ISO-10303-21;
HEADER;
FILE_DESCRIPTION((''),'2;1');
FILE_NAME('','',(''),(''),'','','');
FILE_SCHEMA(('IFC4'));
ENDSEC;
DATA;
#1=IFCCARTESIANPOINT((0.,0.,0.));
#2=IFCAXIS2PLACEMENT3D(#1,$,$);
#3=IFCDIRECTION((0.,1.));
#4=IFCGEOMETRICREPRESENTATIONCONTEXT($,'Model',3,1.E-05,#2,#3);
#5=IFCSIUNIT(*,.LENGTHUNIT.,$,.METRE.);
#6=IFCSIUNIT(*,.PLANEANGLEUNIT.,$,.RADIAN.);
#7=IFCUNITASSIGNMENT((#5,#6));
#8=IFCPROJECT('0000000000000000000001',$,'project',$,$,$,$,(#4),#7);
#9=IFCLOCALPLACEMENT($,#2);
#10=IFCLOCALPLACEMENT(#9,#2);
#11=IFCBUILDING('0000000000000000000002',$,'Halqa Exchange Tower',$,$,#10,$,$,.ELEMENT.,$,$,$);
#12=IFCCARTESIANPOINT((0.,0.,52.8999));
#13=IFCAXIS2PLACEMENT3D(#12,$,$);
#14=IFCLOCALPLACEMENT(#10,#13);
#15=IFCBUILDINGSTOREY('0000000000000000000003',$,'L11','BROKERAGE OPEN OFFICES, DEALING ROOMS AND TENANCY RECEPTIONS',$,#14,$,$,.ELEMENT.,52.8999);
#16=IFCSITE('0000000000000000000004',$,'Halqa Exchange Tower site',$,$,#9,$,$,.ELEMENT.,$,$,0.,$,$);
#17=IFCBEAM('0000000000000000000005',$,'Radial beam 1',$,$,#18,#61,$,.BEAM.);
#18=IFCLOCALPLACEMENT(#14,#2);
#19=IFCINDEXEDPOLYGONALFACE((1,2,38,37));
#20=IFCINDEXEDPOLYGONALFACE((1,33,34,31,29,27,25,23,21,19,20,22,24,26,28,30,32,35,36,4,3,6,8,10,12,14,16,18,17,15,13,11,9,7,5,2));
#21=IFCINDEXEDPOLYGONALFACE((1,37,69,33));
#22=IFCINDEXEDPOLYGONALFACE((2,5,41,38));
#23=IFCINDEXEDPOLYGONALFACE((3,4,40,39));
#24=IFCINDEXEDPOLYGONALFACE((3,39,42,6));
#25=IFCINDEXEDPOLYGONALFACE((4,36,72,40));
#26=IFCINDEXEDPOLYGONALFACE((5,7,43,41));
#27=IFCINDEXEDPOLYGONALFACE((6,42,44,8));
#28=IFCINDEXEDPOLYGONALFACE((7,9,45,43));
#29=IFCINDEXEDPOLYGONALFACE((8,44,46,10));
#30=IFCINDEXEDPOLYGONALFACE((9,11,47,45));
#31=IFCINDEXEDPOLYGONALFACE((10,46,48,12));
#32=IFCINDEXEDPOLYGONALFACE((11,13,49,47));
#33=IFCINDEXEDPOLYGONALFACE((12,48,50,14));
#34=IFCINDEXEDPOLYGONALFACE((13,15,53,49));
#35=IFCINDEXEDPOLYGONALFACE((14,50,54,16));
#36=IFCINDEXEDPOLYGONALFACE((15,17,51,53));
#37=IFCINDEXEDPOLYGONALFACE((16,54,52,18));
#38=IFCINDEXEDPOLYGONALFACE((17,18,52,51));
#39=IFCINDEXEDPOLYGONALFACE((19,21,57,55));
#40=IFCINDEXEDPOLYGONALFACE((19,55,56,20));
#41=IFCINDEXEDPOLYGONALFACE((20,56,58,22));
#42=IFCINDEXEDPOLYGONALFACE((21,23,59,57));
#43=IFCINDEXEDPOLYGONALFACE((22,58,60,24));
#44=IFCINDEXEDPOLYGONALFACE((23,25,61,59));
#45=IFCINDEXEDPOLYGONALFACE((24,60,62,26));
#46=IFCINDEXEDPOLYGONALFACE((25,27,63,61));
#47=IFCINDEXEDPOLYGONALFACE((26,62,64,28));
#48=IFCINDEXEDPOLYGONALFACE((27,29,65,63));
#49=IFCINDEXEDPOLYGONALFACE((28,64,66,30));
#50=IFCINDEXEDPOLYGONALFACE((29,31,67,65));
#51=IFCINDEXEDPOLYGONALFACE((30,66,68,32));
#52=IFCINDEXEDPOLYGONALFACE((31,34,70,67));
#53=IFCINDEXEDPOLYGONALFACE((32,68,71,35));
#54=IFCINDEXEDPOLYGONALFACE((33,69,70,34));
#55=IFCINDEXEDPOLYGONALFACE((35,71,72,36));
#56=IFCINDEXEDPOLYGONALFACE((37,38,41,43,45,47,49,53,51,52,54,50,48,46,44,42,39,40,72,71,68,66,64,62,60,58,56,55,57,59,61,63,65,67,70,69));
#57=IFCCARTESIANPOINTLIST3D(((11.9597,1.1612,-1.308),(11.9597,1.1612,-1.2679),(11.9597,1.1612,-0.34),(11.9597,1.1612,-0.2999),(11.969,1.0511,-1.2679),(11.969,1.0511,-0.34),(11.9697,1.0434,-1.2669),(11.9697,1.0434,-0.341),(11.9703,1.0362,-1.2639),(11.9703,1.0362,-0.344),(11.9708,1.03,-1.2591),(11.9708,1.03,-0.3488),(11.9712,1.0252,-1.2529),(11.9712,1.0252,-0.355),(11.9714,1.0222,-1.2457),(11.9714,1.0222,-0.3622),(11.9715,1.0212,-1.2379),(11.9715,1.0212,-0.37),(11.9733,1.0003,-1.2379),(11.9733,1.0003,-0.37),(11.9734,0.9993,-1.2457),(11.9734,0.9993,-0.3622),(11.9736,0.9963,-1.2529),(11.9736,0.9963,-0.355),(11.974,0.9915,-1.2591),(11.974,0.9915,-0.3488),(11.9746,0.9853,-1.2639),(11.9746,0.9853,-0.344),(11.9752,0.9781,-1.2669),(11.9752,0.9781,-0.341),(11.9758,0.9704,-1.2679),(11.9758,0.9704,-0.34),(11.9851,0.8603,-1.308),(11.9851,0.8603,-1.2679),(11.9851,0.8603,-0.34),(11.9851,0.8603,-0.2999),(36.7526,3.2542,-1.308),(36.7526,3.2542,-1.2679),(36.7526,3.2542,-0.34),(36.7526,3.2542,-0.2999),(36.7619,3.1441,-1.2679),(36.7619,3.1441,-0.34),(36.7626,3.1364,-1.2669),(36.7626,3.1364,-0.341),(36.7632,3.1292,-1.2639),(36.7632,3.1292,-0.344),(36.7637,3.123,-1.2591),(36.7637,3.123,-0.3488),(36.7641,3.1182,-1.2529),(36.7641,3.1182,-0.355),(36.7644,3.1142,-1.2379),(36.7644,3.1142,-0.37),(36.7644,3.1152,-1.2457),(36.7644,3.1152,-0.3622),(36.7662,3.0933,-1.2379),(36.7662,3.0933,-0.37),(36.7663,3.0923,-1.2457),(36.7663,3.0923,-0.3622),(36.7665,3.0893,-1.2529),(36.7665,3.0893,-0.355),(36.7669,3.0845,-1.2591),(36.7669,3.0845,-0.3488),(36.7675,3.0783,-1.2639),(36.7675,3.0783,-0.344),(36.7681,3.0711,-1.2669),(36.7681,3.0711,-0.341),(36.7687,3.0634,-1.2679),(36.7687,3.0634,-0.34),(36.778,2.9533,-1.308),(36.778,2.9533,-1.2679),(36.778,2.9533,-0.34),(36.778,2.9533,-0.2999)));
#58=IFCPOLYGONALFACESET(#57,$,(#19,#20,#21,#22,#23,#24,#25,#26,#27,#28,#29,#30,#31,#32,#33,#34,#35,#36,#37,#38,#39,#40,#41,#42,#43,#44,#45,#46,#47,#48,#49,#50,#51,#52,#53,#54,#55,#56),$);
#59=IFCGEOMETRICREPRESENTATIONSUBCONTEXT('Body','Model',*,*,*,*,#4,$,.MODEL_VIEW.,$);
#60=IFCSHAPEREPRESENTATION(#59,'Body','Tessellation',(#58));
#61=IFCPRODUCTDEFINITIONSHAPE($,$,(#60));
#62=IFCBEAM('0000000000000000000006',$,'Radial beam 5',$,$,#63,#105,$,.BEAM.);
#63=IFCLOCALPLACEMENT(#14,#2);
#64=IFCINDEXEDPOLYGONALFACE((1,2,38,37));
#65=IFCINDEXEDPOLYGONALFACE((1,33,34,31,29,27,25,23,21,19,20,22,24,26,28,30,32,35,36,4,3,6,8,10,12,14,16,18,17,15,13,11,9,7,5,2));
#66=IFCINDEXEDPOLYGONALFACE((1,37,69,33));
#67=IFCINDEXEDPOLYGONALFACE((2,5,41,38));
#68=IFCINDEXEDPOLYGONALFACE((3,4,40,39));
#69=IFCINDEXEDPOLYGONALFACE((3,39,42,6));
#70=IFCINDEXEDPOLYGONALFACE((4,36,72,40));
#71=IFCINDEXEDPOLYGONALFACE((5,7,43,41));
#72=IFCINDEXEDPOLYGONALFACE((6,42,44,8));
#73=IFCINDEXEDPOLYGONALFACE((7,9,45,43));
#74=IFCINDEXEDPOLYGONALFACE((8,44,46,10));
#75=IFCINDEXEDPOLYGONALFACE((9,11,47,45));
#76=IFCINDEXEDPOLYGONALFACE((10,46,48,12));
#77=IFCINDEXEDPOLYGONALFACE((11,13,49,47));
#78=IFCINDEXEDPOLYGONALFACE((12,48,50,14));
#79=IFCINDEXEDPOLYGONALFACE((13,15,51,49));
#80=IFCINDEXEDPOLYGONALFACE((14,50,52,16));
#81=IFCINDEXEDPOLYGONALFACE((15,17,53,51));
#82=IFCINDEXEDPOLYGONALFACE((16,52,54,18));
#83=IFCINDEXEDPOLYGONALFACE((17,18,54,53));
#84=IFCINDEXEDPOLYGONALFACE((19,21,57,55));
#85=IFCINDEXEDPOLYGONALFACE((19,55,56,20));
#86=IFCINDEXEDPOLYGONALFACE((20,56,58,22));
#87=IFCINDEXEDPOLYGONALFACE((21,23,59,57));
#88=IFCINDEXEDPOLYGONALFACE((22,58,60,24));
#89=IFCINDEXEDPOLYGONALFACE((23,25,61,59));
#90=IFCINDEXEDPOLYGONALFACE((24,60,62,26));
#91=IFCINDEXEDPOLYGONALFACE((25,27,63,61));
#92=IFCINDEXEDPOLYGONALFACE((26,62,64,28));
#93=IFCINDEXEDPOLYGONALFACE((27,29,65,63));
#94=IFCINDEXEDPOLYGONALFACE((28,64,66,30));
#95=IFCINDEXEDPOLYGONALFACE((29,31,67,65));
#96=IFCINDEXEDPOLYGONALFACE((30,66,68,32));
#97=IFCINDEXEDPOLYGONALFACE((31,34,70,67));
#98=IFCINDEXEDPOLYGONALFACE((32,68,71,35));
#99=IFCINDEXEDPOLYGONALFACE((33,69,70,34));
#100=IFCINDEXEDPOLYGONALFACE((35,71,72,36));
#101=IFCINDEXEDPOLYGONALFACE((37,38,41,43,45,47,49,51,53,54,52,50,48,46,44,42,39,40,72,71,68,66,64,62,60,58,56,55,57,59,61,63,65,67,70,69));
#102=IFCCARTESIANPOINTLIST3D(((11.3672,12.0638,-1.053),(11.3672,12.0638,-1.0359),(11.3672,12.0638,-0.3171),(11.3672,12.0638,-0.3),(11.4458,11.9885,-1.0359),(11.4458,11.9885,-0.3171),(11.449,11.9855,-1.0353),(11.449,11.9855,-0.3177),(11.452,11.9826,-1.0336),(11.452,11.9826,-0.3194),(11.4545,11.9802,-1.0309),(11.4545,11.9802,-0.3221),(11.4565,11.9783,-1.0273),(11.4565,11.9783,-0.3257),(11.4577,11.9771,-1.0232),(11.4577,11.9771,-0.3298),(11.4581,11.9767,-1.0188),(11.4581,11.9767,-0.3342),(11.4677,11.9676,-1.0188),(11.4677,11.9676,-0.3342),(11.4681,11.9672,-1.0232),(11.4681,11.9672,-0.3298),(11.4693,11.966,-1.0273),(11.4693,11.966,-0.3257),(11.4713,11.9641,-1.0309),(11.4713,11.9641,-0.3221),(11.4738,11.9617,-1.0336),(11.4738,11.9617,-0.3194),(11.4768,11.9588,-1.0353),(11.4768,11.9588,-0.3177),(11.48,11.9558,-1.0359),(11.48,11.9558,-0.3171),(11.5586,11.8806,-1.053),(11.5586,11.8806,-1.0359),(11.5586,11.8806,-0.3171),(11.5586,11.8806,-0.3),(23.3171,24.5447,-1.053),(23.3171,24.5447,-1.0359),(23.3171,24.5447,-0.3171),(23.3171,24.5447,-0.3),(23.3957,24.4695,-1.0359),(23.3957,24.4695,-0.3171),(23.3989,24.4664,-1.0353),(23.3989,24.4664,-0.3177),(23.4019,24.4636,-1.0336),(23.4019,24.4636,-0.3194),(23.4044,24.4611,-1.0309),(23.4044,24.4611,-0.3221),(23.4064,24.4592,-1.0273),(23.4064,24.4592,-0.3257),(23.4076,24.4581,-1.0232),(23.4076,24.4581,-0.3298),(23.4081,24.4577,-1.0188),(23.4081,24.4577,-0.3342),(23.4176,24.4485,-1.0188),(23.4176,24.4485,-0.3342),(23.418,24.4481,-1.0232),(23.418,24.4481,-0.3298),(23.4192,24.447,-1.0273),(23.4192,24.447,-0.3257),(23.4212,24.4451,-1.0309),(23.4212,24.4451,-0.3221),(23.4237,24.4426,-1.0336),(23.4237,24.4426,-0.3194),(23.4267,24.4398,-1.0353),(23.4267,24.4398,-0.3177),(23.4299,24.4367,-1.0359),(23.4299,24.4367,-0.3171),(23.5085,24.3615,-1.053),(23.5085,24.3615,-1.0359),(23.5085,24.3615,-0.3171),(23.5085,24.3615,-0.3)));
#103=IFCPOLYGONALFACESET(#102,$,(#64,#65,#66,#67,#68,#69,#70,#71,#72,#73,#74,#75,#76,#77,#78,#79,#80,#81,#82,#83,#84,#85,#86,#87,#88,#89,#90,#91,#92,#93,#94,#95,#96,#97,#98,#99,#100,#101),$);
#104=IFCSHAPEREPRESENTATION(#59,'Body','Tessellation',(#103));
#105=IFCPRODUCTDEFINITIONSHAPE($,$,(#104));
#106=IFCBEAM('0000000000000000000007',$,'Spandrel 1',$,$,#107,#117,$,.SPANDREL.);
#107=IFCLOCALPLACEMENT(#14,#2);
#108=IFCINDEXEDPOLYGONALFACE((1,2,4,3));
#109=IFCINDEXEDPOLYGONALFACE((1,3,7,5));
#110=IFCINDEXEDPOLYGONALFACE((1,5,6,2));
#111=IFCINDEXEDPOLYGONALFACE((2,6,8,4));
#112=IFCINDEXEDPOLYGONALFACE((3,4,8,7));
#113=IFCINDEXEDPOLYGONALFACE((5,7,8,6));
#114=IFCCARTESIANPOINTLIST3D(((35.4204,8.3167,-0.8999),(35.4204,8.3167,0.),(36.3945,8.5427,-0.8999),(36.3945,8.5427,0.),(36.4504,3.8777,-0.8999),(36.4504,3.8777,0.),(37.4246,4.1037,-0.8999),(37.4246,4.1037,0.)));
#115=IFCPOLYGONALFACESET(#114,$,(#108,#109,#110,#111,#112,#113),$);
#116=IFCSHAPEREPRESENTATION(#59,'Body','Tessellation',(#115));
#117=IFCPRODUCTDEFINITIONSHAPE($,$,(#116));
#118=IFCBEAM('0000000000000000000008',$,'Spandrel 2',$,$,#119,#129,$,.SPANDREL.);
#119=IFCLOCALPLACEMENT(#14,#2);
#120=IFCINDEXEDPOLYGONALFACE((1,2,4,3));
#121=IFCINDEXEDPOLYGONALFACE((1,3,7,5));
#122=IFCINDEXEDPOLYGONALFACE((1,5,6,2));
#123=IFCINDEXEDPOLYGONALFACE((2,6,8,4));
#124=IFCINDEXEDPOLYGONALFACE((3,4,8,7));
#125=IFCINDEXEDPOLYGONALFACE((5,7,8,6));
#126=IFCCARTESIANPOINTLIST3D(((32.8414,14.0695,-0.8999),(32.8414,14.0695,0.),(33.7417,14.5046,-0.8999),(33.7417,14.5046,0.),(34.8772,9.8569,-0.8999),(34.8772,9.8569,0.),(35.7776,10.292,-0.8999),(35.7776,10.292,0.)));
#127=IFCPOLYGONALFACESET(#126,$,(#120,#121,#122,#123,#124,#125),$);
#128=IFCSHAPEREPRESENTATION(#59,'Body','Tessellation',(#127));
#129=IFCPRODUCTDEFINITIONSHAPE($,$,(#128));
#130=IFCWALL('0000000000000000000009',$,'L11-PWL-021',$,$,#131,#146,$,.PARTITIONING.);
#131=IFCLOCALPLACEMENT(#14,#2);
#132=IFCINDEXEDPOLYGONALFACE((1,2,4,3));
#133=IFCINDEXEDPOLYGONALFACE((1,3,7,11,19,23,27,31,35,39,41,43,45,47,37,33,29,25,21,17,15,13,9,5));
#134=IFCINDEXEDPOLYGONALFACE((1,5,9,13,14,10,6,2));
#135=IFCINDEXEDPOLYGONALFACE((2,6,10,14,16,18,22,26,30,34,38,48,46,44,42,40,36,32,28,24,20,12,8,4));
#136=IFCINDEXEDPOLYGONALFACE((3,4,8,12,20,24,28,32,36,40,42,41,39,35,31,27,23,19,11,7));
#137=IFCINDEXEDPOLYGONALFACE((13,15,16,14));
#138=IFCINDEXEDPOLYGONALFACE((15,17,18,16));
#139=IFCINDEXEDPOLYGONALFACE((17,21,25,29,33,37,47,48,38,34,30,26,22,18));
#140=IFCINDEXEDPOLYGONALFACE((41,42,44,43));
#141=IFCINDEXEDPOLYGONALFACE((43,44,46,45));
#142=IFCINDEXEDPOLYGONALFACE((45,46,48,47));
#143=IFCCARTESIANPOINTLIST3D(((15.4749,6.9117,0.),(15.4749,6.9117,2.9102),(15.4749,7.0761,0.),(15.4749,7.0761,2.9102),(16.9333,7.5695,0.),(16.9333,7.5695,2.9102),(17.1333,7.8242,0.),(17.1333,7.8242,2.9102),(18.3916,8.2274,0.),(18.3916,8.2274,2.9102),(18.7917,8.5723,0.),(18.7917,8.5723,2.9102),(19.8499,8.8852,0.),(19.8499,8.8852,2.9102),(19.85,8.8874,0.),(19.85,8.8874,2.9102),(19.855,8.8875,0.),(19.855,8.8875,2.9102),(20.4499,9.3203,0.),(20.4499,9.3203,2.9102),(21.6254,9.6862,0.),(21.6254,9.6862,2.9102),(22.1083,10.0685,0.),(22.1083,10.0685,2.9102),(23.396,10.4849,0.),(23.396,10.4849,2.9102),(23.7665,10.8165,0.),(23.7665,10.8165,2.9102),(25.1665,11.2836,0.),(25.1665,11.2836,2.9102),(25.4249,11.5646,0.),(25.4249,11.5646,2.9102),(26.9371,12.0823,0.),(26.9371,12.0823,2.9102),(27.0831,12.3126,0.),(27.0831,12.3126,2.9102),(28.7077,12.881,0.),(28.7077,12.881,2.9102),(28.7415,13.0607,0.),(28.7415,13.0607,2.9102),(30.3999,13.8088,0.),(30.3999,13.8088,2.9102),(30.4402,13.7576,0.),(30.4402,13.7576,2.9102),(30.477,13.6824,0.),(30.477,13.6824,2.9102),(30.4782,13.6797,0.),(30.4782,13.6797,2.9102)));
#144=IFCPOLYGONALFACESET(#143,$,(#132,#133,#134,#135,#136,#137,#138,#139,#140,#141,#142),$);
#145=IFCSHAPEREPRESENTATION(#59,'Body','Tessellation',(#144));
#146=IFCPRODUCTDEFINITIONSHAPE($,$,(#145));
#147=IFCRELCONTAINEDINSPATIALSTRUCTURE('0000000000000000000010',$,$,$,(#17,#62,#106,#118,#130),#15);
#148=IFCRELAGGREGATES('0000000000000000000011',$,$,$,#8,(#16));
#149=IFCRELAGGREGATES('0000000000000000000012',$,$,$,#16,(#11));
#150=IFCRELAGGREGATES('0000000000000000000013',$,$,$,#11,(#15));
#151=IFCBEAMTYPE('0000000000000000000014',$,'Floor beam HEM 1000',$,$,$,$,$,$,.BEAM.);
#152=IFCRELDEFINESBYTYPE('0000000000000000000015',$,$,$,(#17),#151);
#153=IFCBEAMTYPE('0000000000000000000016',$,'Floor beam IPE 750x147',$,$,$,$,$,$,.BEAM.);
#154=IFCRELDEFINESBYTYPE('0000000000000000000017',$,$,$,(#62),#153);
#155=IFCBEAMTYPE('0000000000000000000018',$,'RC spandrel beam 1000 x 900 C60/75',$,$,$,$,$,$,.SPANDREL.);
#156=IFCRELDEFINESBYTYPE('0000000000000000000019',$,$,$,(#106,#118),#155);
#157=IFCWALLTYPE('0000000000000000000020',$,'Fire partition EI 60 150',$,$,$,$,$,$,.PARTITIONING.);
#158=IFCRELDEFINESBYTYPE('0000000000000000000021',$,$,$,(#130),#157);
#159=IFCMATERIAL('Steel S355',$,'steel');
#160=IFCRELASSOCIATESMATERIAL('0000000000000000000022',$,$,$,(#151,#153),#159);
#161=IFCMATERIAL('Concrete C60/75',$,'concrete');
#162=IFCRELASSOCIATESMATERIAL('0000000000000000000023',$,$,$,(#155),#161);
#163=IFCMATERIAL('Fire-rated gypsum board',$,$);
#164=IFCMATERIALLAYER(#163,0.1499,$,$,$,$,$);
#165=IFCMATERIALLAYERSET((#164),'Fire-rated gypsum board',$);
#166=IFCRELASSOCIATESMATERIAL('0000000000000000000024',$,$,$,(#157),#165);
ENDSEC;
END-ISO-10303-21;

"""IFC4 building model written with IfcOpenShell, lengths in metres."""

from ifc_helpers import new_model, si_unit, direction, frame, origin, origin_2d, place, context, subcontext, project, spatial, polyline, rectangle, i_section, outline, extrude, material, layer, layer_set, material_profile, profile_set, type_object, element, save


model = new_model("IFC4")

# Units and contexts
model_context = context("Model", 3, precision=1e-05, world=origin(), true_north=direction((0.0, 1.0)))
body_context = subcontext(model_context, "Body", "Model", "MODEL_VIEW")
ifc_project = project(units=[si_unit("LENGTHUNIT", "METRE"), si_unit("PLANEANGLEUNIT", "RADIAN")], contexts=[model_context])

# Site, building, storey
site_placement = place(None, origin())
site = spatial("IfcSite", under=ifc_project, at=site_placement, Name="Halqa Exchange Tower site", CompositionType="ELEMENT", RefElevation=0.0)
building_placement = place(site_placement, origin())
building = spatial("IfcBuilding", under=site, at=building_placement, Name="Halqa Exchange Tower", CompositionType="ELEMENT")
storey_placement = place(building_placement, frame((0.0, 0.0, 52.8999)))
storey = spatial("IfcBuildingStorey", under=building, at=storey_placement, Name="L11", Description="BROKERAGE OPEN OFFICES, DEALING ROOMS AND TENANCY RECEPTIONS", CompositionType="ELEMENT", Elevation=52.8999)

# Beams
ifc_material_1 = material(Name="Steel S355", Category="steel")
ifc_material_profile_1 = material_profile(ifc_material_1, i_section(OverallWidth=0.302, OverallDepth=1.0081, WebThickness=0.021, FlangeThickness=0.04, FilletRadius=0.03, at=origin_2d()), Name="HEM 1000")
ifc_profile_set_1 = profile_set([ifc_material_profile_1], Name="Steel S355")
beam_type_1 = type_object("IfcBeamType", Name="Floor beam HEM 1000", PredefinedType="BEAM", material=ifc_profile_set_1)
beam_1_placement = place(storey_placement, frame((11.9724, 1.0107, -0.804), z_axis=(0.996456, 0.084121, 0.0), x_axis=(-0.084121, 0.996456, 0.0)))
element("IfcBeam", 1, at=beam_1_placement, inside=storey, type_object=beam_type_1, Name="Radial beam 1", PredefinedType="BEAM", context=body_context, shape_type="SweptSolid", body=[
    extrude(i_section(OverallWidth=0.302, OverallDepth=1.0081, WebThickness=0.021, FlangeThickness=0.04, FilletRadius=0.03, at=origin_2d()), origin(), (0.0, 0.0, 1.0), 24.8811),
])
ifc_material_profile_2 = material_profile(ifc_material_1, i_section(OverallWidth=0.2649, OverallDepth=0.7529, WebThickness=0.0132, FlangeThickness=0.0171, FilletRadius=0.0171, at=origin_2d()), Name="IPE 750x147")
ifc_profile_set_2 = profile_set([ifc_material_profile_2], Name="Steel S355")
beam_type_2 = type_object("IfcBeamType", Name="Floor beam IPE 750x147", PredefinedType="BEAM", material=ifc_profile_set_2)
beam_2_placement = place(storey_placement, frame((11.4629, 11.9722, -0.6765), z_axis=(0.691574, 0.722305, 0.0), x_axis=(-0.722305, 0.691574, 0.0)))
element("IfcBeam", 2, at=beam_2_placement, inside=storey, type_object=beam_type_2, Name="Radial beam 5", PredefinedType="BEAM", context=body_context, shape_type="SweptSolid", body=[
    extrude(i_section(OverallWidth=0.2649, OverallDepth=0.7529, WebThickness=0.0132, FlangeThickness=0.0171, FilletRadius=0.0171, at=origin_2d()), origin(), (0.0, 0.0, 1.0), 17.2793),
])
ifc_material_2 = material(Name="Concrete C60/75", Category="concrete")
ifc_material_profile_3 = material_profile(ifc_material_2, rectangle(XDim=1.0, YDim=0.8999, at=origin_2d()), Name="1000 x 900")
ifc_profile_set_3 = profile_set([ifc_material_profile_3], Name="Concrete C60/75")
beam_type_3 = type_object("IfcBeamType", Name="RC spandrel beam 1000 x 900 C60/75", PredefinedType="SPANDREL", material=ifc_profile_set_3)
beam_3_placement = place(storey_placement, frame((36.9375, 3.9907, -0.45), z_axis=(-0.226037, 0.974119, 0.0), x_axis=(-0.974119, -0.226037, 0.0)))
element("IfcBeam", 3, at=beam_3_placement, inside=storey, type_object=beam_type_3, Name="Spandrel 1", PredefinedType="SPANDREL", context=body_context, shape_type="SweptSolid", body=[
    extrude(rectangle(XDim=1.0, YDim=0.8999, at=origin_2d()), origin(), (0.0, 0.0, 1.0), 4.5569),
])
beam_4_placement = place(storey_placement, frame((35.3274, 10.0745, -0.45), z_axis=(-0.43513, 0.900368, 0.0), x_axis=(-0.900368, -0.43513, 0.0)))
element("IfcBeam", 4, at=beam_4_placement, inside=storey, type_object=beam_type_3, Name="Spandrel 2", PredefinedType="SPANDREL", context=body_context, shape_type="SweptSolid", body=[
    extrude(rectangle(XDim=1.0, YDim=0.8999, at=origin_2d()), origin(), (0.0, 0.0, 1.0), 4.6787),
])

# Wall
ifc_material_3 = material(Name="Fire-rated gypsum board")
ifc_layer_1 = layer(ifc_material_3, 0.1499)
ifc_layer_set_1 = layer_set([ifc_layer_1], Name="Fire-rated gypsum board")
wall_type_1 = type_object("IfcWallType", Name="Fire partition EI 60 150", PredefinedType="PARTITIONING", material=ifc_layer_set_1)
wall_1_placement = place(storey_placement, frame((15.4441, 6.98, 0.0), z_axis=(0.0, 0.0, 1.0), x_axis=(0.911545, 0.4112, 0.0)))
element("IfcWall", 5, at=wall_1_placement, inside=storey, type_object=wall_type_1, Name="L11-PWL-021", PredefinedType="PARTITIONING", context=body_context, shape_type="SweptSolid", body=[
    extrude(outline(polyline([(0.0, -0.075), (1.5999, -0.075), (3.1997, -0.075), (4.7996, -0.075), (4.8005, -0.073), (4.8052, -0.075), (6.7473, -0.075), (8.6897, -0.075), (10.6321, -0.075), (12.5745, -0.075), (14.5168, -0.075), (16.4592, -0.075), (16.4592, -0.072), (16.4565, 0.0117), (16.4409, 0.075), (14.6216, 0.075), (12.8022, 0.075), (10.9832, 0.075), (9.1638, 0.075), (7.3447, 0.075), (5.5254, 0.075), (3.7063, 0.075), (1.887, 0.075), (0.0676, 0.075), (0.0, -0.075)])), origin(), (0.0, 0.0, 1.0), 2.9102),
])

save(model, "model.ifc")
